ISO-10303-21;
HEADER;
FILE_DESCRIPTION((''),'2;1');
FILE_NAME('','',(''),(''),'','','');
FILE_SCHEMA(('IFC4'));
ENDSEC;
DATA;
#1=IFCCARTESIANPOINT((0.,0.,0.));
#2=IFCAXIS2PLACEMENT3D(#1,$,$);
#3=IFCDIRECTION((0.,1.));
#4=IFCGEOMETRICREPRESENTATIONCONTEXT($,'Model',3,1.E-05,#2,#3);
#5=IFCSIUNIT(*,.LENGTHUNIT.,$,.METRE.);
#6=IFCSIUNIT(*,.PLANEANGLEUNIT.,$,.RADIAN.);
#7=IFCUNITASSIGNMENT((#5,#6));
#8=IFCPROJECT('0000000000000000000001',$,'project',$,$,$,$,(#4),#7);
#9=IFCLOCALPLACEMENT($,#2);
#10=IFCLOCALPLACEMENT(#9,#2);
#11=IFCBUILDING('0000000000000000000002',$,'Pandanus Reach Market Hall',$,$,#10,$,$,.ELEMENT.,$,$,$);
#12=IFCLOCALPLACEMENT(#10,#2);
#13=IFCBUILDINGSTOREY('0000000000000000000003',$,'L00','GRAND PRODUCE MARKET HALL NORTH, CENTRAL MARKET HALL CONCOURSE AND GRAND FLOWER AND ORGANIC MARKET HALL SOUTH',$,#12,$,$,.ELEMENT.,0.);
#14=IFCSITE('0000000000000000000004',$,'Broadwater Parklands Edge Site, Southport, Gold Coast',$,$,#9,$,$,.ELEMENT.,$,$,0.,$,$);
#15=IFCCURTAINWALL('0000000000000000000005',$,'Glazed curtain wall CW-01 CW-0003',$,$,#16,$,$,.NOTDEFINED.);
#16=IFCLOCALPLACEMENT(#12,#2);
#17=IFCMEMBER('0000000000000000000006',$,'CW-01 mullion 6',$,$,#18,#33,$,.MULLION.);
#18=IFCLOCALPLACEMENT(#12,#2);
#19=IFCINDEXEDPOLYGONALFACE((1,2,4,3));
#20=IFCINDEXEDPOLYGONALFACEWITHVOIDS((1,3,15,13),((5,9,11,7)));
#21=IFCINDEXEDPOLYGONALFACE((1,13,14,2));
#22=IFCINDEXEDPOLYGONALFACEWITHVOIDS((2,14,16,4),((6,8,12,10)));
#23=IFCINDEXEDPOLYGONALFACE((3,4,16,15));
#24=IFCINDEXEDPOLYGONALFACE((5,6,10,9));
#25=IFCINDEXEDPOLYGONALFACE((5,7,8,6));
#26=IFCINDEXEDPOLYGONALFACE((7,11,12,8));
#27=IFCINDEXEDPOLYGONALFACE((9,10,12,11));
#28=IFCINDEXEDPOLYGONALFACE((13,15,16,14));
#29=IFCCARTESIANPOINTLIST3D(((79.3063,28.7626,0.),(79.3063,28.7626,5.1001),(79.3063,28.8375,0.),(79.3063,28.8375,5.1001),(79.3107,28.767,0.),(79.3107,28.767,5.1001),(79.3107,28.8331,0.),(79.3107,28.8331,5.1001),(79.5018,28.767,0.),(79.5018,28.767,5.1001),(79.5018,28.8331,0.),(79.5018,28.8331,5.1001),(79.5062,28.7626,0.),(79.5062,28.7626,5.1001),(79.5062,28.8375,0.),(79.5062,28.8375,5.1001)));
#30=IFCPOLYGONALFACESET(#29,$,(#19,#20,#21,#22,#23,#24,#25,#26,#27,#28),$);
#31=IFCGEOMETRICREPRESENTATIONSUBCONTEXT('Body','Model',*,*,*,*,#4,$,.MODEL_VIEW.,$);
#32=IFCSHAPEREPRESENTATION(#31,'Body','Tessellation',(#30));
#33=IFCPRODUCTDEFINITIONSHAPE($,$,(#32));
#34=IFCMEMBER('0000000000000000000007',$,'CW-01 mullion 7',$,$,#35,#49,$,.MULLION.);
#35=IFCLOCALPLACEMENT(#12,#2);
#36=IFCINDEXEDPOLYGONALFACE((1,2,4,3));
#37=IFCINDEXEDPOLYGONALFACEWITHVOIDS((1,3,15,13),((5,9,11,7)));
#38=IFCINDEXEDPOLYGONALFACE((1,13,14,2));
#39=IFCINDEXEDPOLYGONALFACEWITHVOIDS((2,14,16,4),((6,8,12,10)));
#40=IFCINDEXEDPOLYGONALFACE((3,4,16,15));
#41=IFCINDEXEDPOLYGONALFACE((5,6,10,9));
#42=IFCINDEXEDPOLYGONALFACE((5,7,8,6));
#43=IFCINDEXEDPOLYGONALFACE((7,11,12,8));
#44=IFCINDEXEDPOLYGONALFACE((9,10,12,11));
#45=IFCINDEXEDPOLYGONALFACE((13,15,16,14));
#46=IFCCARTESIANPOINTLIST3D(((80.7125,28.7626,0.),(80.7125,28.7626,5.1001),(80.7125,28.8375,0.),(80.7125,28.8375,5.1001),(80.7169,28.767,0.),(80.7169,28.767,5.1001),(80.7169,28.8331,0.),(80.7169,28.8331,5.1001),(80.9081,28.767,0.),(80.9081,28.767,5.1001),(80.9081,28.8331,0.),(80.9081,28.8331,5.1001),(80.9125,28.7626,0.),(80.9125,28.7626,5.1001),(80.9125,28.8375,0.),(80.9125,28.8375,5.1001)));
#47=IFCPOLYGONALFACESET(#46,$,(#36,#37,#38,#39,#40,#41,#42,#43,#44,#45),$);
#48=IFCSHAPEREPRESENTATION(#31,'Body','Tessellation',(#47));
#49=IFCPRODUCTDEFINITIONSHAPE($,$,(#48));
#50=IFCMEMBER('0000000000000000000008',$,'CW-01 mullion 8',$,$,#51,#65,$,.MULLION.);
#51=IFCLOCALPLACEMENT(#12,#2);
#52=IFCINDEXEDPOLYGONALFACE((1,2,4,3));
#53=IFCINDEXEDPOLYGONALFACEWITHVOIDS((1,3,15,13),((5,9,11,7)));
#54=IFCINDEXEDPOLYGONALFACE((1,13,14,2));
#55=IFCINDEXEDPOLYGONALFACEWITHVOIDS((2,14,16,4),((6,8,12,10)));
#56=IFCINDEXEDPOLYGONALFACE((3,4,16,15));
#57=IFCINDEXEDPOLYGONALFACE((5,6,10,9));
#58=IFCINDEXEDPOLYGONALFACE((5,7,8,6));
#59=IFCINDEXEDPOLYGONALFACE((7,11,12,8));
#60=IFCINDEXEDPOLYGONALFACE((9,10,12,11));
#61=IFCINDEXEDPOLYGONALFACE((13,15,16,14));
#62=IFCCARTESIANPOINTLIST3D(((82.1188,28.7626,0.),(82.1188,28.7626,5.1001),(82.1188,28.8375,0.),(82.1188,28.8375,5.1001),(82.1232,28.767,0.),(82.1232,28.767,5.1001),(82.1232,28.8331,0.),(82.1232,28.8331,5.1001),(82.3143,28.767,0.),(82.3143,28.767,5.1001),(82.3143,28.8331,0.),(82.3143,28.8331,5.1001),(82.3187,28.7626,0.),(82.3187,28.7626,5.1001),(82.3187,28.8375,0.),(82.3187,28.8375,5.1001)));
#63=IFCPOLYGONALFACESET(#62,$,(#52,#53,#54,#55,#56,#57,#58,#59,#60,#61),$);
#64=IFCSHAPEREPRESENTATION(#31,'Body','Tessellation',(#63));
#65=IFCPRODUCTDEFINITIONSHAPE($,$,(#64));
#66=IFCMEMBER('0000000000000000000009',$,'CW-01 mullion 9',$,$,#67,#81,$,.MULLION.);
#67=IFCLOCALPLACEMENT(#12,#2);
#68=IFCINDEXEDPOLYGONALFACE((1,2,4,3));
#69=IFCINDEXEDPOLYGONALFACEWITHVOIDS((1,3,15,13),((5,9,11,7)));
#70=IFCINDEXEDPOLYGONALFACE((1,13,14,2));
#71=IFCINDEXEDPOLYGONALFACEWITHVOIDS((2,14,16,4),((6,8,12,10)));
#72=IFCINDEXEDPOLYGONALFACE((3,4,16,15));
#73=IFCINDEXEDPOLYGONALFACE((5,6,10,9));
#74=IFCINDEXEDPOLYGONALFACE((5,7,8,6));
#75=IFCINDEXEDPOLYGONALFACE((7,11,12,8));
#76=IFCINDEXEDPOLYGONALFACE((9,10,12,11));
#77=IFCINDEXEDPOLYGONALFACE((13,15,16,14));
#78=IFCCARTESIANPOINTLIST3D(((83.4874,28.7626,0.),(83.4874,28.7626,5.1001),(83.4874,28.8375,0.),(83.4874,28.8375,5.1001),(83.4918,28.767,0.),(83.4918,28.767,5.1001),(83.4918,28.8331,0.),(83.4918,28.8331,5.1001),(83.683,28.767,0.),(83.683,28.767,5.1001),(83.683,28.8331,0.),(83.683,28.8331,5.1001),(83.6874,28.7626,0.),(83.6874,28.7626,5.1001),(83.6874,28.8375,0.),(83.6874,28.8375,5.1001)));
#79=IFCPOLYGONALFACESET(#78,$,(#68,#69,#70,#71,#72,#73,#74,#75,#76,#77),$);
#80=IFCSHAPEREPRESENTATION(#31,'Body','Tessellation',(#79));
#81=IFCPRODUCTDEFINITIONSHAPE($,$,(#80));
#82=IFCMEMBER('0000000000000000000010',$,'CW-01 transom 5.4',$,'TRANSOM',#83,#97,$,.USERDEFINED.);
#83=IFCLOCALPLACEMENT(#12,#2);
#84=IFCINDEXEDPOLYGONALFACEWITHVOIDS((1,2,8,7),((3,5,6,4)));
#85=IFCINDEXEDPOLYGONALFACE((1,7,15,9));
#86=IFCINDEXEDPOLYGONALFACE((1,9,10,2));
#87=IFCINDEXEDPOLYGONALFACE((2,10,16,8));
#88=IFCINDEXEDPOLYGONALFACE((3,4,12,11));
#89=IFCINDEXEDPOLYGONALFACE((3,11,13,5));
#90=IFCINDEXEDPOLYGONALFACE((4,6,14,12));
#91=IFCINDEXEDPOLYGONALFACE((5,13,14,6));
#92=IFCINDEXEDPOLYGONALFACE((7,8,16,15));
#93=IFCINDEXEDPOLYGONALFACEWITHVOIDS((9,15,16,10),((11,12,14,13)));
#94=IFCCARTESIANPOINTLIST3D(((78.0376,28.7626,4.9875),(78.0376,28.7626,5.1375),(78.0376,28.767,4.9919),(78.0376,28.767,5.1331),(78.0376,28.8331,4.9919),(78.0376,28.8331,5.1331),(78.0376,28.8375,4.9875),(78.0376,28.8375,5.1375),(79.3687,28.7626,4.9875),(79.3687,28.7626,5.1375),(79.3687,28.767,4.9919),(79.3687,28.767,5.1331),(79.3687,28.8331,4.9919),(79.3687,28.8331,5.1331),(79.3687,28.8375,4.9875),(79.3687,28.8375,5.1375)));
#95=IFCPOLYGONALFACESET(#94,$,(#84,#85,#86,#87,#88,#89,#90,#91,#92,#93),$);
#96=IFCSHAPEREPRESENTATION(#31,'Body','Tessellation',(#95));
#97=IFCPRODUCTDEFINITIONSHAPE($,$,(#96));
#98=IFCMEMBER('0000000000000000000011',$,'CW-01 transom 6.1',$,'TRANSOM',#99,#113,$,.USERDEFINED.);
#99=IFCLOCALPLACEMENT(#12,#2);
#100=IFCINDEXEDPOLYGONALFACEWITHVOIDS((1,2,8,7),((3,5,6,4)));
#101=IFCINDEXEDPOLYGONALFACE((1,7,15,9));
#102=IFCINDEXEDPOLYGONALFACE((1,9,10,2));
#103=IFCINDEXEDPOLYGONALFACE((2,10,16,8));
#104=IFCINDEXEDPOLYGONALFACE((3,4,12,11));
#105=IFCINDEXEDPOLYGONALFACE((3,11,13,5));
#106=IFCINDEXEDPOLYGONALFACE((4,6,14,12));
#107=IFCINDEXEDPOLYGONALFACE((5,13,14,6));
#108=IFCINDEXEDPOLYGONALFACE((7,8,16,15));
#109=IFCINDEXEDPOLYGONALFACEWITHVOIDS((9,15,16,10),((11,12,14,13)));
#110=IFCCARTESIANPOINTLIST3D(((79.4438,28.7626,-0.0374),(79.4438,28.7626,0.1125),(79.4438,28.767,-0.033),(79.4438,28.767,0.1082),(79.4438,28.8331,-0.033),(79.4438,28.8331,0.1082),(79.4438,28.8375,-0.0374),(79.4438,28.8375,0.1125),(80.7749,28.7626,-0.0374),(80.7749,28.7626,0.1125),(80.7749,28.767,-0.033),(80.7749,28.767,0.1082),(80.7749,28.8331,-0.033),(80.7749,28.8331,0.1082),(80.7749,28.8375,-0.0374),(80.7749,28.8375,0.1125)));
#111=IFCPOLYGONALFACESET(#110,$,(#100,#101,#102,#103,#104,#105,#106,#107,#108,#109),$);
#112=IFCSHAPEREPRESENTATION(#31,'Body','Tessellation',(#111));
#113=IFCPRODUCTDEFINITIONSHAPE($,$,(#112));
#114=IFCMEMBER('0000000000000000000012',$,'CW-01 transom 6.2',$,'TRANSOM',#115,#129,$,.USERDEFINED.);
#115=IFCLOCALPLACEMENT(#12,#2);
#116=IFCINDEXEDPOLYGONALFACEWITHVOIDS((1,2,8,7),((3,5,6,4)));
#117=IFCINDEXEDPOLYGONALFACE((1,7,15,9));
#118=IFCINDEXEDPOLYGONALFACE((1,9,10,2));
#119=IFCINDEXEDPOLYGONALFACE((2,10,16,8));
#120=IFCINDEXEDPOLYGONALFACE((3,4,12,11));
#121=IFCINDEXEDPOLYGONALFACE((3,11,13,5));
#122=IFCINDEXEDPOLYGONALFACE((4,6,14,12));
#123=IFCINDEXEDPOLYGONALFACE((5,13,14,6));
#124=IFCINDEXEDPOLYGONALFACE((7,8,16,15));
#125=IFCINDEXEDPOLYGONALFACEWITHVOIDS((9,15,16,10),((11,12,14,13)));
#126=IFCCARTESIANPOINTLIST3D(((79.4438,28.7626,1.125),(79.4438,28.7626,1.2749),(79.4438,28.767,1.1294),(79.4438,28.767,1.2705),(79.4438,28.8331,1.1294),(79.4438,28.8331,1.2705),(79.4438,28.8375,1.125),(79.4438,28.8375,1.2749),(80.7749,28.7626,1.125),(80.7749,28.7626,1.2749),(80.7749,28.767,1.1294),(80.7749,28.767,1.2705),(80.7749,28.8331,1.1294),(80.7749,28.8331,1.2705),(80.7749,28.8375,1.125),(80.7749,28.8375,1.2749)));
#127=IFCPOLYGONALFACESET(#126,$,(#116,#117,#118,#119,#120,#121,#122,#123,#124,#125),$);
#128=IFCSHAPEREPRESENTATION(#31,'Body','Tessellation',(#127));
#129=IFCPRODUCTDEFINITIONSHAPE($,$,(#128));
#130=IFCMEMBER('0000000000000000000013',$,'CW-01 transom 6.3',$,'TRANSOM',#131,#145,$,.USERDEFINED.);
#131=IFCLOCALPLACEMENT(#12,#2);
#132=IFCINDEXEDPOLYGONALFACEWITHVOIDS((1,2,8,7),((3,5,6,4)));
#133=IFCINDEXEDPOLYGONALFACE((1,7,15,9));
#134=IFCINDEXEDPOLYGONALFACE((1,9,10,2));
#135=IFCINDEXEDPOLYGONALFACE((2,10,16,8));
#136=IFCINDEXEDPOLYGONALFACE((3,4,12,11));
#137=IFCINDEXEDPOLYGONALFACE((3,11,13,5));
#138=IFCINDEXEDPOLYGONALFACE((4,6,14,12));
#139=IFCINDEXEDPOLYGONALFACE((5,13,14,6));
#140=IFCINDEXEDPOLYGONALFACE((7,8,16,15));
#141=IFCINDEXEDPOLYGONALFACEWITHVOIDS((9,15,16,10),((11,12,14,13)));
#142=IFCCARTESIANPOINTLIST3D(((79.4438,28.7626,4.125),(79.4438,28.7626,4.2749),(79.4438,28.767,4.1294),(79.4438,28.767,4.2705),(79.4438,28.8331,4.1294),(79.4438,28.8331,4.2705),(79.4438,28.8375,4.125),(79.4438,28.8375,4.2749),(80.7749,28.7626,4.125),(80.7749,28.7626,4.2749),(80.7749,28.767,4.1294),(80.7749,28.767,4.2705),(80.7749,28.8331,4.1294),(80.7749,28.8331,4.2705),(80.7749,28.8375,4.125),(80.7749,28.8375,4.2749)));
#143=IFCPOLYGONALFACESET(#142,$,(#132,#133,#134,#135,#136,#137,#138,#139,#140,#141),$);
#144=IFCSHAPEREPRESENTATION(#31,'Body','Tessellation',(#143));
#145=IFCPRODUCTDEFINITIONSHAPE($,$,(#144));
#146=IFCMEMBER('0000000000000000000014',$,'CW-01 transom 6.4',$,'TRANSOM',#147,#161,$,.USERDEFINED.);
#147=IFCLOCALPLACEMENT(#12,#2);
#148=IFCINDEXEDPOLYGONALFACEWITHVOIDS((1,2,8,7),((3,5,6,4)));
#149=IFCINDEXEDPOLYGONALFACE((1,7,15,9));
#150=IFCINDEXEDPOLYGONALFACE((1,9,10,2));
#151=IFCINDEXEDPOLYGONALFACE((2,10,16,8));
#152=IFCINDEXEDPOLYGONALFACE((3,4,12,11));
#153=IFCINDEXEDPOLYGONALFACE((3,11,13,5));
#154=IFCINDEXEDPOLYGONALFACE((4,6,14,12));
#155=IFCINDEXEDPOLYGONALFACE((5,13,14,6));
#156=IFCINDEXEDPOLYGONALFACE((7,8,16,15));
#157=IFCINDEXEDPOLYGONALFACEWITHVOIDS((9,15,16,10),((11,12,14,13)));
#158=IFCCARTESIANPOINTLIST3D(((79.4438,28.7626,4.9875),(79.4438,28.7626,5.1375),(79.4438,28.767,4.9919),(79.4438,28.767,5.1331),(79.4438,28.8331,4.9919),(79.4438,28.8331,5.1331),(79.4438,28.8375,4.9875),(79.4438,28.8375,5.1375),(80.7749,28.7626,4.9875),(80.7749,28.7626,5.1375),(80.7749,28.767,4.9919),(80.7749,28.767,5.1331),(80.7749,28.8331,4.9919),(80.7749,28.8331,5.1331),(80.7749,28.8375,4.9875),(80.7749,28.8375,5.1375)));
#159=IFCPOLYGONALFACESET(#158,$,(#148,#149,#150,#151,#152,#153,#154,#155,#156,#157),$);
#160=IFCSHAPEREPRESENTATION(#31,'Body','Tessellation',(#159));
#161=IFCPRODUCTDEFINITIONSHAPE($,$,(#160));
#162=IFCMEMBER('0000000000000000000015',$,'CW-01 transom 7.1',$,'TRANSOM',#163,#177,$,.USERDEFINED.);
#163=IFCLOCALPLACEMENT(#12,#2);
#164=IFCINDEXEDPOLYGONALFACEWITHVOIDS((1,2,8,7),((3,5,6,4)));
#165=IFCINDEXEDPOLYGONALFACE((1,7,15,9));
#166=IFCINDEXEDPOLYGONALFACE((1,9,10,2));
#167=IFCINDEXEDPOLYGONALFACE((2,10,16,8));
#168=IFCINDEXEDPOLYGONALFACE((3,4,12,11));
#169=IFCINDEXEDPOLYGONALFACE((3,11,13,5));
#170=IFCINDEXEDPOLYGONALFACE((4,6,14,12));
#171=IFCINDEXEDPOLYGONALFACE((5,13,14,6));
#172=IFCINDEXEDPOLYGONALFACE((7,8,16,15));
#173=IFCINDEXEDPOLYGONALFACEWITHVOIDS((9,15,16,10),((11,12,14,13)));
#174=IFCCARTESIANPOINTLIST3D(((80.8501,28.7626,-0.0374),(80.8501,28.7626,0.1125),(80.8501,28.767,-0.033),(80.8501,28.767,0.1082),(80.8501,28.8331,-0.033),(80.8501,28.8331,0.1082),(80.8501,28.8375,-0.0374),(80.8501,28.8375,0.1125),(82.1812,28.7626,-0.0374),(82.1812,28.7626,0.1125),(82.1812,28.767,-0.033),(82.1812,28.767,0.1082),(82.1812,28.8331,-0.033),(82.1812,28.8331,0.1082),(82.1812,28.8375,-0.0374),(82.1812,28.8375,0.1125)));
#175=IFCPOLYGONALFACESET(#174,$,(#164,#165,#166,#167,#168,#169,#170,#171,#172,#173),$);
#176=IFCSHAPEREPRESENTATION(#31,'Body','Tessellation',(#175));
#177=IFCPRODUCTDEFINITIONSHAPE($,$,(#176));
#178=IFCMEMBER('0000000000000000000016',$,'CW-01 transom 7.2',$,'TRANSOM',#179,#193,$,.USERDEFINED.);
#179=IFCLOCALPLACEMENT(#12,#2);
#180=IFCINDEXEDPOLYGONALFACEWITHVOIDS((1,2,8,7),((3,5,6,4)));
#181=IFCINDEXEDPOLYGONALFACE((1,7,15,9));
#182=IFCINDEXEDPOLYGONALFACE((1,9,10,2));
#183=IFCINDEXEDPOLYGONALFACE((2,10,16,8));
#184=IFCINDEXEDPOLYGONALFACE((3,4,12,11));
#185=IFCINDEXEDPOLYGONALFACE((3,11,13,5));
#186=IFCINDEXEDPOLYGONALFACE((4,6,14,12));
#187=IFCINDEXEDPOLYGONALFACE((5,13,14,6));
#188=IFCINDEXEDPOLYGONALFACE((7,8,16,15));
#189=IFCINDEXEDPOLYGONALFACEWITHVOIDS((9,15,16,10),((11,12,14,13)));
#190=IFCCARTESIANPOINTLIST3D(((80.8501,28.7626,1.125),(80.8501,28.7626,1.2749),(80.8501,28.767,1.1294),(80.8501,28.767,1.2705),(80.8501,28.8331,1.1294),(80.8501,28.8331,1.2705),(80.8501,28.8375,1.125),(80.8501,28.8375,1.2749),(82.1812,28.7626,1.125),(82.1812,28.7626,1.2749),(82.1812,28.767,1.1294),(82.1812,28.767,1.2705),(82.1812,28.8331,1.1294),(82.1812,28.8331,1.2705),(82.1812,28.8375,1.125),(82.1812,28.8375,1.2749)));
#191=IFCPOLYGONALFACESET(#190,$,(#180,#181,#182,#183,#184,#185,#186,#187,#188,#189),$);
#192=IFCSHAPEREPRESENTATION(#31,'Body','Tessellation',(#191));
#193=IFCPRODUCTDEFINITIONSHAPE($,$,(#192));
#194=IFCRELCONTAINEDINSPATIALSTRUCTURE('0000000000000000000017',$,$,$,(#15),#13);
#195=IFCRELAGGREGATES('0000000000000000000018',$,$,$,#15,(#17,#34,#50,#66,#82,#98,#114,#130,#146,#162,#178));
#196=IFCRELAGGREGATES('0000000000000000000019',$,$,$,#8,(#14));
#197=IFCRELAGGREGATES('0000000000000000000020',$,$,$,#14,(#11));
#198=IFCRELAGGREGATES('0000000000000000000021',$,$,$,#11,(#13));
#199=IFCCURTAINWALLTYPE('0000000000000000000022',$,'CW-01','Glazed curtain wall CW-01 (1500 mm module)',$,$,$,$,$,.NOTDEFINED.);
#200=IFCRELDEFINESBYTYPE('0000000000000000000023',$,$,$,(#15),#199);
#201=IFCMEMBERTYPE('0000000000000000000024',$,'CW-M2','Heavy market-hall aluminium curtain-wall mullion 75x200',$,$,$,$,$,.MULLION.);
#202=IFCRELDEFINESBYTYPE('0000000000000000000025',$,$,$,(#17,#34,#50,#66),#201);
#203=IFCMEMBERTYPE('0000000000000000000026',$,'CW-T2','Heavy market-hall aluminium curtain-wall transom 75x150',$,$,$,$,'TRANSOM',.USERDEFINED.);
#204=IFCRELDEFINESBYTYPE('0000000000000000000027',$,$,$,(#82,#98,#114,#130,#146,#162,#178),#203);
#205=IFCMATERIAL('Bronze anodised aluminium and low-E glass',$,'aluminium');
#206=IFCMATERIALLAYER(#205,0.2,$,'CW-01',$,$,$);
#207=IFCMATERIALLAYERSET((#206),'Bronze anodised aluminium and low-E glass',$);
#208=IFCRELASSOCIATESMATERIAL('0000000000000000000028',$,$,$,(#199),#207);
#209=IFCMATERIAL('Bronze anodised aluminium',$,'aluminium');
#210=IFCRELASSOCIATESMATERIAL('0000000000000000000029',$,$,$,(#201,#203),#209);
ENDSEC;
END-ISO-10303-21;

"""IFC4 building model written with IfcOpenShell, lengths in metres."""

from ifc_helpers import new_model, si_unit, direction, frame, origin, origin_2d, place, context, subcontext, project, spatial, hollow_rectangle, extrude, material, layer, layer_set, material_profile, profile_set, type_object, element, aggregate, save


model = new_model("IFC4")

# Units and contexts
model_context = context("Model", 3, precision=1e-05, world=origin(), true_north=direction((0.0, 1.0)))
body_context = subcontext(model_context, "Body", "Model", "MODEL_VIEW")
ifc_project = project(units=[si_unit("LENGTHUNIT", "METRE"), si_unit("PLANEANGLEUNIT", "RADIAN")], contexts=[model_context])

# Site, building, storey
site_placement = place(None, origin())
site = spatial("IfcSite", under=ifc_project, at=site_placement, Name="Broadwater Parklands Edge Site, Southport, Gold Coast", CompositionType="ELEMENT", RefElevation=0.0)
building_placement = place(site_placement, origin())
building = spatial("IfcBuilding", under=site, at=building_placement, Name="Pandanus Reach Market Hall", CompositionType="ELEMENT")
storey_placement = place(building_placement, origin())
storey = spatial("IfcBuildingStorey", under=building, at=storey_placement, Name="L00", Description="GRAND PRODUCE MARKET HALL NORTH, CENTRAL MARKET HALL CONCOURSE AND GRAND FLOWER AND ORGANIC MARKET HALL SOUTH", CompositionType="ELEMENT", Elevation=0.0)

# Curtain wall, members
ifc_material_1 = material(Name="Bronze anodised aluminium and low-E glass", Category="aluminium")
ifc_layer_1 = layer(ifc_material_1, 0.2, Name="CW-01")
ifc_layer_set_1 = layer_set([ifc_layer_1], Name="Bronze anodised aluminium and low-E glass")
curtain_wall_type = type_object("IfcCurtainWallType", Name="CW-01", Description="Glazed curtain wall CW-01 (1500 mm module)", PredefinedType="NOTDEFINED", material=ifc_layer_set_1)
curtain_wall_placement = place(storey_placement, origin())
curtain_wall = element("IfcCurtainWall", 1, at=curtain_wall_placement, inside=storey, type_object=curtain_wall_type, Name="Glazed curtain wall CW-01 CW-0003", PredefinedType="NOTDEFINED")
ifc_material_2 = material(Name="Bronze anodised aluminium", Category="aluminium")
ifc_material_profile_1 = material_profile(ifc_material_2, hollow_rectangle(XDim=0.075, YDim=0.2, WallThickness=0.0044, at=origin_2d()), Name="ALU75x200", Category="LoadBearing")
ifc_profile_set_1 = profile_set([ifc_material_profile_1], Name="Bronze anodised aluminium")
member_type_1 = type_object("IfcMemberType", Name="CW-M2", Description="Heavy market-hall aluminium curtain-wall mullion 75x200", PredefinedType="MULLION", material=ifc_profile_set_1)
member_1_placement = place(storey_placement, frame((79.4062, 28.8, 0.0), z_axis=(0.0, 0.0, 1.0), x_axis=(0.0, 1.0, 0.0)))
member_1 = element("IfcMember", 2, at=member_1_placement, type_object=member_type_1, Name="CW-01 mullion 6", PredefinedType="MULLION", context=body_context, shape_type="SweptSolid", body=[
    extrude(hollow_rectangle(XDim=0.075, YDim=0.2, WallThickness=0.0044, at=origin_2d()), origin(), (0.0, 0.0, 1.0), 5.1001),
])
member_2_placement = place(storey_placement, frame((80.8125, 28.8, 0.0), z_axis=(0.0, 0.0, 1.0), x_axis=(0.0, 1.0, 0.0)))
member_2 = element("IfcMember", 3, at=member_2_placement, type_object=member_type_1, Name="CW-01 mullion 7", PredefinedType="MULLION", context=body_context, shape_type="SweptSolid", body=[
    extrude(hollow_rectangle(XDim=0.075, YDim=0.2, WallThickness=0.0044, at=origin_2d()), origin(), (0.0, 0.0, 1.0), 5.1001),
])
member_3_placement = place(storey_placement, frame((82.2188, 28.8, 0.0), z_axis=(0.0, 0.0, 1.0), x_axis=(0.0, 1.0, 0.0)))
member_3 = element("IfcMember", 4, at=member_3_placement, type_object=member_type_1, Name="CW-01 mullion 8", PredefinedType="MULLION", context=body_context, shape_type="SweptSolid", body=[
    extrude(hollow_rectangle(XDim=0.075, YDim=0.2, WallThickness=0.0044, at=origin_2d()), origin(), (0.0, 0.0, 1.0), 5.1001),
])
member_4_placement = place(storey_placement, frame((83.5874, 28.8, 0.0), z_axis=(0.0, 0.0, 1.0), x_axis=(0.0, 1.0, 0.0)))
member_4 = element("IfcMember", 5, at=member_4_placement, type_object=member_type_1, Name="CW-01 mullion 9", PredefinedType="MULLION", context=body_context, shape_type="SweptSolid", body=[
    extrude(hollow_rectangle(XDim=0.075, YDim=0.2, WallThickness=0.0044, at=origin_2d()), origin(), (0.0, 0.0, 1.0), 5.1001),
])
ifc_material_profile_2 = material_profile(ifc_material_2, hollow_rectangle(XDim=0.075, YDim=0.1499, WallThickness=0.0044, at=origin_2d()), Name="ALU75x150", Category="LoadBearing")
ifc_profile_set_2 = profile_set([ifc_material_profile_2], Name="Bronze anodised aluminium")
member_type_2 = type_object("IfcMemberType", Name="CW-T2", Description="Heavy market-hall aluminium curtain-wall transom 75x150", ElementType="TRANSOM", PredefinedType="USERDEFINED", material=ifc_profile_set_2)
member_5_placement = place(storey_placement, frame((78.0376, 28.8, 5.0625), z_axis=(1.0, 0.0, 0.0), x_axis=(0.0, 1.0, 0.0)))
member_5 = element("IfcMember", 6, at=member_5_placement, type_object=member_type_2, Name="CW-01 transom 5.4", ObjectType="TRANSOM", PredefinedType="USERDEFINED", context=body_context, shape_type="SweptSolid", body=[
    extrude(hollow_rectangle(XDim=0.075, YDim=0.1499, WallThickness=0.0044, at=origin_2d()), origin(), (0.0, 0.0, 1.0), 1.3311),
])
member_6_placement = place(storey_placement, frame((79.4438, 28.8, 0.0376), z_axis=(1.0, 0.0, 0.0), x_axis=(0.0, 1.0, 0.0)))
member_6 = element("IfcMember", 7, at=member_6_placement, type_object=member_type_2, Name="CW-01 transom 6.1", ObjectType="TRANSOM", PredefinedType="USERDEFINED", context=body_context, shape_type="SweptSolid", body=[
    extrude(hollow_rectangle(XDim=0.075, YDim=0.1499, WallThickness=0.0044, at=origin_2d()), origin(), (0.0, 0.0, 1.0), 1.3311),
])
member_7_placement = place(storey_placement, frame((79.4438, 28.8, 1.2), z_axis=(1.0, 0.0, 0.0), x_axis=(0.0, 1.0, 0.0)))
member_7 = element("IfcMember", 8, at=member_7_placement, type_object=member_type_2, Name="CW-01 transom 6.2", ObjectType="TRANSOM", PredefinedType="USERDEFINED", context=body_context, shape_type="SweptSolid", body=[
    extrude(hollow_rectangle(XDim=0.075, YDim=0.1499, WallThickness=0.0044, at=origin_2d()), origin(), (0.0, 0.0, 1.0), 1.3311),
])
member_8_placement = place(storey_placement, frame((79.4438, 28.8, 4.2), z_axis=(1.0, 0.0, 0.0), x_axis=(0.0, 1.0, 0.0)))
member_8 = element("IfcMember", 9, at=member_8_placement, type_object=member_type_2, Name="CW-01 transom 6.3", ObjectType="TRANSOM", PredefinedType="USERDEFINED", context=body_context, shape_type="SweptSolid", body=[
    extrude(hollow_rectangle(XDim=0.075, YDim=0.1499, WallThickness=0.0044, at=origin_2d()), origin(), (0.0, 0.0, 1.0), 1.3311),
])
member_9_placement = place(storey_placement, frame((79.4438, 28.8, 5.0625), z_axis=(1.0, 0.0, 0.0), x_axis=(0.0, 1.0, 0.0)))
member_9 = element("IfcMember", 10, at=member_9_placement, type_object=member_type_2, Name="CW-01 transom 6.4", ObjectType="TRANSOM", PredefinedType="USERDEFINED", context=body_context, shape_type="SweptSolid", body=[
    extrude(hollow_rectangle(XDim=0.075, YDim=0.1499, WallThickness=0.0044, at=origin_2d()), origin(), (0.0, 0.0, 1.0), 1.3311),
])
member_10_placement = place(storey_placement, frame((80.8501, 28.8, 0.0376), z_axis=(1.0, 0.0, 0.0), x_axis=(0.0, 1.0, 0.0)))
member_10 = element("IfcMember", 11, at=member_10_placement, type_object=member_type_2, Name="CW-01 transom 7.1", ObjectType="TRANSOM", PredefinedType="USERDEFINED", context=body_context, shape_type="SweptSolid", body=[
    extrude(hollow_rectangle(XDim=0.075, YDim=0.1499, WallThickness=0.0044, at=origin_2d()), origin(), (0.0, 0.0, 1.0), 1.3311),
])
member_11_placement = place(storey_placement, frame((80.8501, 28.8, 1.2), z_axis=(1.0, 0.0, 0.0), x_axis=(0.0, 1.0, 0.0)))
member_11 = element("IfcMember", 12, at=member_11_placement, type_object=member_type_2, Name="CW-01 transom 7.2", ObjectType="TRANSOM", PredefinedType="USERDEFINED", context=body_context, shape_type="SweptSolid", body=[
    extrude(hollow_rectangle(XDim=0.075, YDim=0.1499, WallThickness=0.0044, at=origin_2d()), origin(), (0.0, 0.0, 1.0), 1.3311),
])

aggregate(curtain_wall, [member_1, member_2, member_3, member_4, member_5, member_6, member_7, member_8, member_9, member_10, member_11])

save(model, "model.ifc")
